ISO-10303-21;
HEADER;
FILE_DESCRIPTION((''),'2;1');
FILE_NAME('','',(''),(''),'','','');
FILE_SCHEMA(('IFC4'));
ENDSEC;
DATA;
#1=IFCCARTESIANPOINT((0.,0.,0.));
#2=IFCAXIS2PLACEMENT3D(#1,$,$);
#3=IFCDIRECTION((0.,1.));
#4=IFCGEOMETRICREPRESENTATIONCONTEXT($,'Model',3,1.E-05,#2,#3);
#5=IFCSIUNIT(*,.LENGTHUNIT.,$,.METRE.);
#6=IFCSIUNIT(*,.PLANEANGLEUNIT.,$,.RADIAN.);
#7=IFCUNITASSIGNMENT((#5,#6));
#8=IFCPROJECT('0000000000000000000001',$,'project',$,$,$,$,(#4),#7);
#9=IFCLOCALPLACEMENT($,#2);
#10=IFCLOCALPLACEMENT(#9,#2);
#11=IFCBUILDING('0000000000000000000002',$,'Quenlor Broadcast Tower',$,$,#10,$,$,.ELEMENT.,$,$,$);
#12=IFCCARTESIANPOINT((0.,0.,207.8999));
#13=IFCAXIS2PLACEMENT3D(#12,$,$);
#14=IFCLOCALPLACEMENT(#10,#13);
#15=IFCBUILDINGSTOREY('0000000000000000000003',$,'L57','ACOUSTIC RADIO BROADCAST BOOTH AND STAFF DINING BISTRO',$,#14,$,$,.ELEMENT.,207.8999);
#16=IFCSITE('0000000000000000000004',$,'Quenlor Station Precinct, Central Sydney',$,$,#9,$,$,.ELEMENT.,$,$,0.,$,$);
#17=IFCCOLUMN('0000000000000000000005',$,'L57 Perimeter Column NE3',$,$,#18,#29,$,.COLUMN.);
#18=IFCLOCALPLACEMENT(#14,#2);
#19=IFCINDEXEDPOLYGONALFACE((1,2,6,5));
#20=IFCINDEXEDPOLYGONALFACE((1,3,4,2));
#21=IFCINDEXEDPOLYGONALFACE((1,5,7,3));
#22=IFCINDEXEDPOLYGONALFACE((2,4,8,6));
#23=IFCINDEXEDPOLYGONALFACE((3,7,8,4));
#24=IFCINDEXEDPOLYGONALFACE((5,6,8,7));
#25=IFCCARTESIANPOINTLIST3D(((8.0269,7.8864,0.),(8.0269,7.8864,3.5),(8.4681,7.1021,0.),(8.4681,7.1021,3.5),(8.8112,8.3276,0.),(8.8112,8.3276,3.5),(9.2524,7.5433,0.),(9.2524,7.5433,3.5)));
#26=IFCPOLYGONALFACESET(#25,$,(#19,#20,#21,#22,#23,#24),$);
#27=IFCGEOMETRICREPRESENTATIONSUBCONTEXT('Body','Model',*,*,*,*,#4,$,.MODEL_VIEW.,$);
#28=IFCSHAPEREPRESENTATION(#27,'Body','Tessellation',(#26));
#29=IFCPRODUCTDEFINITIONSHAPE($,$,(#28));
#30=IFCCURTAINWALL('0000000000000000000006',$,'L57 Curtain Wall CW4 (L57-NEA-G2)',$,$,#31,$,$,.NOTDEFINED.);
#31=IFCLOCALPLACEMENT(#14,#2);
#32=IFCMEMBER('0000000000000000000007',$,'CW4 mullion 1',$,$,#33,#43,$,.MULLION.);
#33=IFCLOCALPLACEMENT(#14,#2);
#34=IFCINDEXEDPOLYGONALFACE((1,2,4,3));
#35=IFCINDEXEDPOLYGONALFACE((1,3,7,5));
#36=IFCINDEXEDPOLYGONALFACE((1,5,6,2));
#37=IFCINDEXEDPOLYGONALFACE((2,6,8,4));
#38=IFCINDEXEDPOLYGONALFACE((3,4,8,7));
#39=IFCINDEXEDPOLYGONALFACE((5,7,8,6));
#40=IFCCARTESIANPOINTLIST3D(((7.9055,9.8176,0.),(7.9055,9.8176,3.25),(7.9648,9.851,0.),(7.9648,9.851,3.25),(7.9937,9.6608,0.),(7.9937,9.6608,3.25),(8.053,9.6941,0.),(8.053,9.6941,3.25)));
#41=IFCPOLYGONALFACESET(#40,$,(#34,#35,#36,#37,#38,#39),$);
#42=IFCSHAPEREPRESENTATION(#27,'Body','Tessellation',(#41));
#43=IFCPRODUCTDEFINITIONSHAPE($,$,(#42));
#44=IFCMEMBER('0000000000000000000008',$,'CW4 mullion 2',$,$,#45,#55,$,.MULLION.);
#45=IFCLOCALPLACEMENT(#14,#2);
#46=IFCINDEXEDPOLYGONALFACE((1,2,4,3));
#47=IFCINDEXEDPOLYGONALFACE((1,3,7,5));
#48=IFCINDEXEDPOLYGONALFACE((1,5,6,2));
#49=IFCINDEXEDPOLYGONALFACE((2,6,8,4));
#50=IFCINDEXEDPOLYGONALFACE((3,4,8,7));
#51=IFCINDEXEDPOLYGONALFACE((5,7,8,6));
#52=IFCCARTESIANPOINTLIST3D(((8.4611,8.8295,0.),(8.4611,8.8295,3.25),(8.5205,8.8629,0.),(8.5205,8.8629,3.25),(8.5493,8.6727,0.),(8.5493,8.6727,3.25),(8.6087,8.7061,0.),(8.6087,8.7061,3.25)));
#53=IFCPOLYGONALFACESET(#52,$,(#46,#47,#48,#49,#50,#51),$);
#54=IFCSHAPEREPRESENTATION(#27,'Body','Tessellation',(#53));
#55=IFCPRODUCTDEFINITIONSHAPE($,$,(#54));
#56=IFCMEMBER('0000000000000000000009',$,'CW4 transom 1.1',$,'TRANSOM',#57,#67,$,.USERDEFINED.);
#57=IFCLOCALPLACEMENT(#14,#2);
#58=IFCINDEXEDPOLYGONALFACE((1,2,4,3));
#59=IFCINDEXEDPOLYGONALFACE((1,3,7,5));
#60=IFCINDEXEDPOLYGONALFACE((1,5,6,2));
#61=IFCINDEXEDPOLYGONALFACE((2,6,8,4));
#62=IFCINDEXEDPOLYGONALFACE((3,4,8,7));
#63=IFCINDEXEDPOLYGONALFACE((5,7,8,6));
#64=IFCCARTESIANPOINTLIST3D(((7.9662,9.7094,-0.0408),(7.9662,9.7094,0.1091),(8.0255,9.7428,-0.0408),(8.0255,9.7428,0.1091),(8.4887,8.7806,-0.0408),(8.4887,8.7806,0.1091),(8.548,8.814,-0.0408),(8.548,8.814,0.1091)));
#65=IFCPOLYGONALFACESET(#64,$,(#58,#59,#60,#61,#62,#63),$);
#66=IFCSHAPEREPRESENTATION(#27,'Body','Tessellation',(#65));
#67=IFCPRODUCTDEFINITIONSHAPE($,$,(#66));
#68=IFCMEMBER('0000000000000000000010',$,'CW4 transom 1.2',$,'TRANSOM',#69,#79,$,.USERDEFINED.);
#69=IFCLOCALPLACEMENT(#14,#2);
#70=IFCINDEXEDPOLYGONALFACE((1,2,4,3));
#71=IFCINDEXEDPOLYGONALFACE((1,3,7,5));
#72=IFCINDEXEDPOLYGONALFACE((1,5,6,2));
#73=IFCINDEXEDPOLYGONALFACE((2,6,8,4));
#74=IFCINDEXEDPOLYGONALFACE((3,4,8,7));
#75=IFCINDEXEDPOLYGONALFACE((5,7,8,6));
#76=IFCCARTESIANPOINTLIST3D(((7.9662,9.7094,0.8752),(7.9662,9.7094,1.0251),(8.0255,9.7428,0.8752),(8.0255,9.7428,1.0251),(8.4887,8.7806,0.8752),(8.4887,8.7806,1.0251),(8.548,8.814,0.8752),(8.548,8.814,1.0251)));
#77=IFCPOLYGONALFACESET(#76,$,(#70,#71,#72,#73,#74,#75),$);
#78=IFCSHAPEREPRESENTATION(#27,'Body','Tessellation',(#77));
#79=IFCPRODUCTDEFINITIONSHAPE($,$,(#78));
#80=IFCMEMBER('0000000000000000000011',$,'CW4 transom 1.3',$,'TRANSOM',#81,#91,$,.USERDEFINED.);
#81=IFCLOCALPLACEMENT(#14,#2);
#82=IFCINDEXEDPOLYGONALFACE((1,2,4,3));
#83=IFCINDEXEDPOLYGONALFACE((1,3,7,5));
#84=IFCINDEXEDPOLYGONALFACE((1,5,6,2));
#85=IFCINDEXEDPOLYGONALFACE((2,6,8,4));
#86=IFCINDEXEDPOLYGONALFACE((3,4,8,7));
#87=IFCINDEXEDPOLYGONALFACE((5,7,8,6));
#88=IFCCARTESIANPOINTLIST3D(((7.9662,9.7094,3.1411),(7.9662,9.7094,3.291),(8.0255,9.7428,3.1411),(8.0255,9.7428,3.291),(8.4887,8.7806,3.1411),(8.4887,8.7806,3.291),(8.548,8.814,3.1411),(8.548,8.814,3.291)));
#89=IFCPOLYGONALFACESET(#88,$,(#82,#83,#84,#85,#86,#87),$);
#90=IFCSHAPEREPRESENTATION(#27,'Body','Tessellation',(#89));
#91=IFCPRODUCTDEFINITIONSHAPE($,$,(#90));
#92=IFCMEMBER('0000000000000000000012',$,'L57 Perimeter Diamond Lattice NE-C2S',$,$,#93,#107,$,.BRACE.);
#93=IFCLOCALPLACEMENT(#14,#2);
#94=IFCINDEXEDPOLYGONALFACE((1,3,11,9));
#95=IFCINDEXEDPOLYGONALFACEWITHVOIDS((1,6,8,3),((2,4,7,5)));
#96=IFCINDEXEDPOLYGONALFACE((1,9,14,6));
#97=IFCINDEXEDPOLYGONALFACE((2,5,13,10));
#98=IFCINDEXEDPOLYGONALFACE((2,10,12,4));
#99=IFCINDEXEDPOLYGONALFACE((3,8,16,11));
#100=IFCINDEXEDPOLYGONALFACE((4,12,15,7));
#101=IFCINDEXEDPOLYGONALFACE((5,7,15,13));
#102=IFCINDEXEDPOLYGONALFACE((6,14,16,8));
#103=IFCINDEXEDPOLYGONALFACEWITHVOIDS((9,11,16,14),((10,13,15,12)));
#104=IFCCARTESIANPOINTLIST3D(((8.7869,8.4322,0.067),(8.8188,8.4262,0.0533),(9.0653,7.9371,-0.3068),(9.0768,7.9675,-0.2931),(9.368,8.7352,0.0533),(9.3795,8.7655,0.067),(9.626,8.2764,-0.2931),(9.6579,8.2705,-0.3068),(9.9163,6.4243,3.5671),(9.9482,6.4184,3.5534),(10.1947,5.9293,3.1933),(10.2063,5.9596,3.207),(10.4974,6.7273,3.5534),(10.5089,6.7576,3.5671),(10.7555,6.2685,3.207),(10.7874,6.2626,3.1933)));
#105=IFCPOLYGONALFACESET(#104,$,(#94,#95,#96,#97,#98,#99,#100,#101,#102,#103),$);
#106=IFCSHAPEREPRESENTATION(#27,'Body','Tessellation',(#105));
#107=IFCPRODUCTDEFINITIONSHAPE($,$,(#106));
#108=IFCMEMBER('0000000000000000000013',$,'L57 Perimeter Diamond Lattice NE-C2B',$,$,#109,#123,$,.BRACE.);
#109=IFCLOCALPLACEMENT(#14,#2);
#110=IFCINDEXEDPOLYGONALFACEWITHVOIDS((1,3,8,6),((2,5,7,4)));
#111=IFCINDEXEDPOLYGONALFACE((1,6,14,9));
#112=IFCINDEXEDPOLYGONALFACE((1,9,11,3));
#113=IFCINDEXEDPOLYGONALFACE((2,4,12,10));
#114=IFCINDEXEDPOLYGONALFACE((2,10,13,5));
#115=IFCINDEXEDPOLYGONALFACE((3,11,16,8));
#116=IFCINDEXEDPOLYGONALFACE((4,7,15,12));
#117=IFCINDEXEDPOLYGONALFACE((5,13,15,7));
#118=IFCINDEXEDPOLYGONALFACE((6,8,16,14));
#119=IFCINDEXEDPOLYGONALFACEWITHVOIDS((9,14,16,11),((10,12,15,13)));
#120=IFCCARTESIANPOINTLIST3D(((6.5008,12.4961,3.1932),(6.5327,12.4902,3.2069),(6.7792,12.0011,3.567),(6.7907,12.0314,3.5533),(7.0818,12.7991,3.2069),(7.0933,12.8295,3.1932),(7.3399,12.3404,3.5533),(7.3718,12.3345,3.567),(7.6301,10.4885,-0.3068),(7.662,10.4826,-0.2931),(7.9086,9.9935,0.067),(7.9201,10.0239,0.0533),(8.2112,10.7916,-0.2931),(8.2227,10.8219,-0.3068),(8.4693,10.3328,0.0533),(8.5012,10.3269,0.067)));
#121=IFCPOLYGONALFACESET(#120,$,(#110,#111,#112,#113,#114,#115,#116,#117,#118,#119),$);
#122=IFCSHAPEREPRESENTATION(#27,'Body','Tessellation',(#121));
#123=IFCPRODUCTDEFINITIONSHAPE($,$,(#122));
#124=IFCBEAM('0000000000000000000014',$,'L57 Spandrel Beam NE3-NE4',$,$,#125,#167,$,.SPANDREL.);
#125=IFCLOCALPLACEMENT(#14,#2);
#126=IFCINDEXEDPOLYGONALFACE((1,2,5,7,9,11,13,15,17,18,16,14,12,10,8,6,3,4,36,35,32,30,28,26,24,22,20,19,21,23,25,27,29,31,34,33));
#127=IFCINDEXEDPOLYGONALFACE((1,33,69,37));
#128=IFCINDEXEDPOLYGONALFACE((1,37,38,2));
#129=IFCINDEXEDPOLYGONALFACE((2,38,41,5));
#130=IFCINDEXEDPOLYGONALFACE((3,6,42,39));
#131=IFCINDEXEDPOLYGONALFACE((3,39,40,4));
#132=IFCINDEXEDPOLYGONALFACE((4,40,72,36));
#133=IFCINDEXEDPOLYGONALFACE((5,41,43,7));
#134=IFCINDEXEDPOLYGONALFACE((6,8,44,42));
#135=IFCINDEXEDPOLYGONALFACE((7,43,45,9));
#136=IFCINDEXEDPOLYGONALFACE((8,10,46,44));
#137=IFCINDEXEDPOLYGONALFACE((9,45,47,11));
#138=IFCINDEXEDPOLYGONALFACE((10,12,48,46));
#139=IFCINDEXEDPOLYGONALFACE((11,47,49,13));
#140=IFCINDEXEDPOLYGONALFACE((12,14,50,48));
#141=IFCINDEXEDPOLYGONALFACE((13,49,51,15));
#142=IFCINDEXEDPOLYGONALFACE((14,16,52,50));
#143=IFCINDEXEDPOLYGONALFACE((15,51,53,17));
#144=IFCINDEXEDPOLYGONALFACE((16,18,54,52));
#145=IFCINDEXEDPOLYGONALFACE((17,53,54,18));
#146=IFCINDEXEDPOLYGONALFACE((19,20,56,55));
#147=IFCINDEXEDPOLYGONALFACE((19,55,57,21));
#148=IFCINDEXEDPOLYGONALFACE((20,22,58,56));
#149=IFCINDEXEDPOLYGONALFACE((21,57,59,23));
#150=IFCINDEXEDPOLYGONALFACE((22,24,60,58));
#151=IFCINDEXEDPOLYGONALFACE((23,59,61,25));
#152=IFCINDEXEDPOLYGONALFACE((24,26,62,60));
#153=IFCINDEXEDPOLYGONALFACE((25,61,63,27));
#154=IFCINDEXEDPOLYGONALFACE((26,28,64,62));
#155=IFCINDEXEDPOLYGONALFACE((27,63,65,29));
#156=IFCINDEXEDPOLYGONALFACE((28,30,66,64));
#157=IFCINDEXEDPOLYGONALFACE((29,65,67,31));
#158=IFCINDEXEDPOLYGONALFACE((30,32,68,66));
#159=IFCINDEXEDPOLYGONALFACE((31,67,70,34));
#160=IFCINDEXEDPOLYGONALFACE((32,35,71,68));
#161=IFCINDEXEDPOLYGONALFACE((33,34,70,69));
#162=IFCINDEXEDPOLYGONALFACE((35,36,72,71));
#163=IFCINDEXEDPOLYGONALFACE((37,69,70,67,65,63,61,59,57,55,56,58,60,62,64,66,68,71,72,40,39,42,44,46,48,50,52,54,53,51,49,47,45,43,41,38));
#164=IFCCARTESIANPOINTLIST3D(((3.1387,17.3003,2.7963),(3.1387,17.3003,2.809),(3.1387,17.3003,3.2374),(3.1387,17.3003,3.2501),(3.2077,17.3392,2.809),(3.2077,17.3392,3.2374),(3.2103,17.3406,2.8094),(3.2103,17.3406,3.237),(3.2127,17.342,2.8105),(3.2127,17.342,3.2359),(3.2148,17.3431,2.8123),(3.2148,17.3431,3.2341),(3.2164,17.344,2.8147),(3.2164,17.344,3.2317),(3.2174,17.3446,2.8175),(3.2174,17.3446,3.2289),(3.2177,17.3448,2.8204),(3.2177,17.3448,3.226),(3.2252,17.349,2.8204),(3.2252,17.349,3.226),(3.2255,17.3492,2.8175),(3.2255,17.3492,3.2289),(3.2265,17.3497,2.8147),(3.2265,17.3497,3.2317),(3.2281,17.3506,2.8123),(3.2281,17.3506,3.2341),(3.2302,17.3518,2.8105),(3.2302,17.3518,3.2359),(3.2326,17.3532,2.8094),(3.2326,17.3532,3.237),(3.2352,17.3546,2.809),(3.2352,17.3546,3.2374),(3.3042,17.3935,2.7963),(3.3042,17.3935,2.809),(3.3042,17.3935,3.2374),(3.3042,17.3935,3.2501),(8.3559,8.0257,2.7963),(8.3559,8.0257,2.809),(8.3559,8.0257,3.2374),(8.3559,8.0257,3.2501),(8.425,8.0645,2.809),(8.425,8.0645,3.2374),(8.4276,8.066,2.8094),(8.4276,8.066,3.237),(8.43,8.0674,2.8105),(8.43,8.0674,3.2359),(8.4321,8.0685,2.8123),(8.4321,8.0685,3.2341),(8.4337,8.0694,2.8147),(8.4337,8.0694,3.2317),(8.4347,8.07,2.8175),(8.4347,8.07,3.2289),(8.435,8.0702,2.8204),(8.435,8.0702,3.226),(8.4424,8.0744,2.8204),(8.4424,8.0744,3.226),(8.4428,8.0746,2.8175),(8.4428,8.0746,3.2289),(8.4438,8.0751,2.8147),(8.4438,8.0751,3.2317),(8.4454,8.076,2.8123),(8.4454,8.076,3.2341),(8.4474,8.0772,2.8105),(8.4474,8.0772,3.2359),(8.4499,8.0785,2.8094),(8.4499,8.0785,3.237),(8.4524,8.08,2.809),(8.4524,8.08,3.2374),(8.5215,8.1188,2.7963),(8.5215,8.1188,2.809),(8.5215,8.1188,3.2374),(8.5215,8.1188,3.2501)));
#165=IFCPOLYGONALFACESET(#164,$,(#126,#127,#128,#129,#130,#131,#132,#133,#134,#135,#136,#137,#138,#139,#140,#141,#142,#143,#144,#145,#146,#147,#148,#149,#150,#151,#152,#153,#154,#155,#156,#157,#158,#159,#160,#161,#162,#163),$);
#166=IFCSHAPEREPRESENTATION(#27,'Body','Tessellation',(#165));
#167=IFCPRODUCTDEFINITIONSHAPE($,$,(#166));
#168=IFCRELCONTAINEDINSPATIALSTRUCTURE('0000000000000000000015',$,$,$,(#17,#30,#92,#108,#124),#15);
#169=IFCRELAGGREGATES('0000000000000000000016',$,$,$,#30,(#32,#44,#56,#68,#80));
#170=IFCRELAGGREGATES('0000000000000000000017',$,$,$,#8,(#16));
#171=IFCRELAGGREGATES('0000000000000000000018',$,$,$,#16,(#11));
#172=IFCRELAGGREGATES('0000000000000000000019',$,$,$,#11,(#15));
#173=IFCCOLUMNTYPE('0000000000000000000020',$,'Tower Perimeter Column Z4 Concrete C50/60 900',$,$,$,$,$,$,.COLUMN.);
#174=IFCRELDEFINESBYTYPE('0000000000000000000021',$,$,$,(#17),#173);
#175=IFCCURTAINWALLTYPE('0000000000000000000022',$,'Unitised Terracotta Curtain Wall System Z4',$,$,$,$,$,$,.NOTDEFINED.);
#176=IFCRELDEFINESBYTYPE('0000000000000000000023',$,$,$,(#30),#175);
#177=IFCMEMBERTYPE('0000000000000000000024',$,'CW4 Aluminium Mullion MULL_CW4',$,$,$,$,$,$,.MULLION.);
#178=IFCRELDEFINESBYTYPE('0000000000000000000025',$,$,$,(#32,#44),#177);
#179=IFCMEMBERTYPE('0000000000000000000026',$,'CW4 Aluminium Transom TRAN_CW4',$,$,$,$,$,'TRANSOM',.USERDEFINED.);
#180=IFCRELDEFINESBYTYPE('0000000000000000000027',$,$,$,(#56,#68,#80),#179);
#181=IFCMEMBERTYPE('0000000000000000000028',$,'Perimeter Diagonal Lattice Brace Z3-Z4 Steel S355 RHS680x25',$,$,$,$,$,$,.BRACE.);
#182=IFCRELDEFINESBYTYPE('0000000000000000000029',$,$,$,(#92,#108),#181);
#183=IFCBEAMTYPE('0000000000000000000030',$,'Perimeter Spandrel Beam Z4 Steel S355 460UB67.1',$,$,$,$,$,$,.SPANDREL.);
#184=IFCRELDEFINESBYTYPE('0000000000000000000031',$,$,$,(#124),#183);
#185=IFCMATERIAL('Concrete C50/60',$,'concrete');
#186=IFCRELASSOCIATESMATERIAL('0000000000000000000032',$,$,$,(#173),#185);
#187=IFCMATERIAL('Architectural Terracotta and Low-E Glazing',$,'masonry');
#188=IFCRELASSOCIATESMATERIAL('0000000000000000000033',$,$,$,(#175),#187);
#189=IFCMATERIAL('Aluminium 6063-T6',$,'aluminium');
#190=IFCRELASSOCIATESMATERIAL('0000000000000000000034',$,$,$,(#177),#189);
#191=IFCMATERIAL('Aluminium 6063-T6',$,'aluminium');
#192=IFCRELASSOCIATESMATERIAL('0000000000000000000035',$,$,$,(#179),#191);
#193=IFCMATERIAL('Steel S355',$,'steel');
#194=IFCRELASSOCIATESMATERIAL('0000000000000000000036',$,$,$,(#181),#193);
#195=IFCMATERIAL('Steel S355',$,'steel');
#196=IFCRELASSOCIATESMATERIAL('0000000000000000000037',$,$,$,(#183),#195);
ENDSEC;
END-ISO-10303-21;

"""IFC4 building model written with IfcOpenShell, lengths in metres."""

from ifc_helpers import new_model, si_unit, direction, frame, origin, origin_2d, place, context, subcontext, project, spatial, rectangle, hollow_rectangle, i_section, extrude, material, material_profile, profile_set, type_object, element, aggregate, save


model = new_model("IFC4")

# Units and contexts
model_context = context("Model", 3, precision=1e-05, world=origin(), true_north=direction((0.0, 1.0)))
body_context = subcontext(model_context, "Body", "Model", "MODEL_VIEW")
ifc_project = project(units=[si_unit("LENGTHUNIT", "METRE"), si_unit("PLANEANGLEUNIT", "RADIAN")], contexts=[model_context])

# Site, building, storey
site_placement = place(None, origin())
site = spatial("IfcSite", under=ifc_project, at=site_placement, Name="Quenlor Station Precinct, Central Sydney", CompositionType="ELEMENT", RefElevation=0.0)
building_placement = place(site_placement, origin())
building = spatial("IfcBuilding", under=site, at=building_placement, Name="Quenlor Broadcast Tower", CompositionType="ELEMENT")
storey_placement = place(building_placement, frame((0.0, 0.0, 207.8999)))
storey = spatial("IfcBuildingStorey", under=building, at=storey_placement, Name="L57", Description="ACOUSTIC RADIO BROADCAST BOOTH AND STAFF DINING BISTRO", CompositionType="ELEMENT", Elevation=207.8999)

# Column
ifc_material_1 = material(Name="Concrete C50/60", Category="concrete")
ifc_material_profile_1 = material_profile(ifc_material_1, rectangle(XDim=0.8999, YDim=0.8999, at=origin_2d()))
ifc_profile_set_1 = profile_set([ifc_material_profile_1], Name="Concrete C50/60 RC900x900")
column_type = type_object("IfcColumnType", Name="Tower Perimeter Column Z4 Concrete C50/60 900", PredefinedType="COLUMN", material=ifc_profile_set_1)
column_placement = place(storey_placement, frame((8.6396, 7.7148, 0.0), z_axis=(0.0, 0.0, 1.0), x_axis=(0.871575, 0.490262, 0.0)))
element("IfcColumn", 1, at=column_placement, inside=storey, type_object=column_type, Name="L57 Perimeter Column NE3", PredefinedType="COLUMN", context=body_context, shape_type="SweptSolid", body=[
    extrude(rectangle(XDim=0.8999, YDim=0.8999, at=origin_2d()), origin(), (0.0, 0.0, 1.0), 3.5),
])

# Curtain wall, members
ifc_material_2 = material(Name="Architectural Terracotta and Low-E Glazing", Category="masonry")
curtain_wall_type = type_object("IfcCurtainWallType", Name="Unitised Terracotta Curtain Wall System Z4", PredefinedType="NOTDEFINED", material=ifc_material_2)
curtain_wall_placement = place(storey_placement, origin())
curtain_wall = element("IfcCurtainWall", 2, at=curtain_wall_placement, inside=storey, type_object=curtain_wall_type, Name="L57 Curtain Wall CW4 (L57-NEA-G2)", PredefinedType="NOTDEFINED")
ifc_material_3 = material(Name="Aluminium 6063-T6", Category="aluminium")
ifc_material_profile_2 = material_profile(ifc_material_3, rectangle(XDim=0.0681, YDim=0.1799, at=origin_2d()))
ifc_profile_set_2 = profile_set([ifc_material_profile_2], Name="Aluminium 6063-T6 MULL68x180")
member_type_1 = type_object("IfcMemberType", Name="CW4 Aluminium Mullion MULL_CW4", PredefinedType="MULLION", material=ifc_profile_set_2)
member_1_placement = place(storey_placement, frame((7.9792, 9.7559, 0.0), z_axis=(0.0, 0.0, 1.0), x_axis=(0.871558, 0.490293, 0.0)))
member_1 = element("IfcMember", 3, at=member_1_placement, type_object=member_type_1, Name="CW4 mullion 1", PredefinedType="MULLION", context=body_context, shape_type="SweptSolid", body=[
    extrude(rectangle(XDim=0.0681, YDim=0.1799, at=origin_2d()), origin(), (0.0, 0.0, 1.0), 3.25),
])
member_2_placement = place(storey_placement, frame((8.5349, 8.7678, 0.0), z_axis=(0.0, 0.0, 1.0), x_axis=(0.871558, 0.490293, 0.0)))
member_2 = element("IfcMember", 4, at=member_2_placement, type_object=member_type_1, Name="CW4 mullion 2", PredefinedType="MULLION", context=body_context, shape_type="SweptSolid", body=[
    extrude(rectangle(XDim=0.0681, YDim=0.1799, at=origin_2d()), origin(), (0.0, 0.0, 1.0), 3.25),
])
ifc_material_4 = material(Name="Aluminium 6063-T6", Category="aluminium")
ifc_material_profile_3 = material_profile(ifc_material_4, rectangle(XDim=0.0681, YDim=0.1499, at=origin_2d()))
ifc_profile_set_3 = profile_set([ifc_material_profile_3], Name="Aluminium 6063-T6 TRAN68x150")
member_type_2 = type_object("IfcMemberType", Name="CW4 Aluminium Transom TRAN_CW4", ElementType="TRANSOM", PredefinedType="USERDEFINED", material=ifc_profile_set_3)
member_3_placement = place(storey_placement, frame((7.9958, 9.7261, 0.0342), z_axis=(0.490305, -0.871551, 0.0), x_axis=(0.871551, 0.490305, 0.0)))
member_3 = element("IfcMember", 5, at=member_3_placement, type_object=member_type_2, Name="CW4 transom 1.1", ObjectType="TRANSOM", PredefinedType="USERDEFINED", context=body_context, shape_type="SweptSolid", body=[
    extrude(rectangle(XDim=0.0681, YDim=0.1499, at=origin_2d()), origin(), (0.0, 0.0, 1.0), 1.0657),
])
member_4_placement = place(storey_placement, frame((7.9958, 9.7261, 0.9502), z_axis=(0.490305, -0.871551, 0.0), x_axis=(0.871551, 0.490305, 0.0)))
member_4 = element("IfcMember", 6, at=member_4_placement, type_object=member_type_2, Name="CW4 transom 1.2", ObjectType="TRANSOM", PredefinedType="USERDEFINED", context=body_context, shape_type="SweptSolid", body=[
    extrude(rectangle(XDim=0.0681, YDim=0.1499, at=origin_2d()), origin(), (0.0, 0.0, 1.0), 1.0657),
])
member_5_placement = place(storey_placement, frame((7.9958, 9.7261, 3.2161), z_axis=(0.490305, -0.871551, 0.0), x_axis=(0.871551, 0.490305, 0.0)))
member_5 = element("IfcMember", 7, at=member_5_placement, type_object=member_type_2, Name="CW4 transom 1.3", ObjectType="TRANSOM", PredefinedType="USERDEFINED", context=body_context, shape_type="SweptSolid", body=[
    extrude(rectangle(XDim=0.0681, YDim=0.1499, at=origin_2d()), origin(), (0.0, 0.0, 1.0), 1.0657),
])

# Members
ifc_material_5 = material(Name="Steel S355", Category="steel")
ifc_material_profile_4 = material_profile(ifc_material_5, hollow_rectangle(XDim=0.6799, YDim=0.6799, WallThickness=0.0249, at=origin_2d()))
ifc_profile_set_4 = profile_set([ifc_material_profile_4], Name="Steel S355 RHS680x680x25")
member_type_3 = type_object("IfcMemberType", Name="Perimeter Diagonal Lattice Brace Z3-Z4 Steel S355 RHS680x25", PredefinedType="BRACE", material=ifc_profile_set_4)
member_6_placement = place(storey_placement, frame((9.2224, 8.3513, -0.1199), z_axis=(0.26954, -0.479181, 0.835305), x_axis=(0.871576, 0.490261, 0.0)))
element("IfcMember", 8, at=member_6_placement, inside=storey, type_object=member_type_3, Name="L57 Perimeter Diamond Lattice NE-C2S", PredefinedType="BRACE", context=body_context, shape_type="SweptSolid", body=[
    extrude(hollow_rectangle(XDim=0.6799, YDim=0.6799, WallThickness=0.0249, at=origin_2d()), origin(), (0.0, 0.0, 1.0), 4.1902),
])
member_7_placement = place(storey_placement, frame((8.0657, 10.4077, -0.1199), z_axis=(-0.269547, 0.479136, 0.835328), x_axis=(-0.87155, -0.490307, 0.0)))
element("IfcMember", 9, at=member_7_placement, inside=storey, type_object=member_type_3, Name="L57 Perimeter Diamond Lattice NE-C2B", PredefinedType="BRACE", context=body_context, shape_type="SweptSolid", body=[
    extrude(hollow_rectangle(XDim=0.6799, YDim=0.6799, WallThickness=0.0249, at=origin_2d()), origin(), (0.0, 0.0, 1.0), 4.1899),
])

# Beam
ifc_material_6 = material(Name="Steel S355", Category="steel")
ifc_material_profile_5 = material_profile(ifc_material_6, i_section(OverallWidth=0.1899, OverallDepth=0.4539, WebThickness=0.0085, FlangeThickness=0.0127, FilletRadius=0.0115, at=origin_2d()))
ifc_profile_set_5 = profile_set([ifc_material_profile_5], Name="Steel S355 460UB67.1")
beam_type_1 = type_object("IfcBeamType", Name="Perimeter Spandrel Beam Z4 Steel S355 460UB67.1", PredefinedType="SPANDREL", material=ifc_profile_set_5)
beam_1_placement = place(storey_placement, frame((8.4387, 8.0723, 3.0232), z_axis=(-0.490282, 0.871564, 0.0), x_axis=(-0.871564, -0.490282, 0.0)))
element("IfcBeam", 10, at=beam_1_placement, inside=storey, type_object=beam_type_1, Name="L57 Spandrel Beam NE3-NE4", PredefinedType="SPANDREL", context=body_context, shape_type="SweptSolid", body=[
    extrude(i_section(OverallWidth=0.1899, OverallDepth=0.4539, WebThickness=0.0085, FlangeThickness=0.0127, FilletRadius=0.0115, at=origin_2d()), origin(), (0.0, 0.0, 1.0), 10.6414),
])

aggregate(curtain_wall, [member_1, member_2, member_3, member_4, member_5])

save(model, "model.ifc")
